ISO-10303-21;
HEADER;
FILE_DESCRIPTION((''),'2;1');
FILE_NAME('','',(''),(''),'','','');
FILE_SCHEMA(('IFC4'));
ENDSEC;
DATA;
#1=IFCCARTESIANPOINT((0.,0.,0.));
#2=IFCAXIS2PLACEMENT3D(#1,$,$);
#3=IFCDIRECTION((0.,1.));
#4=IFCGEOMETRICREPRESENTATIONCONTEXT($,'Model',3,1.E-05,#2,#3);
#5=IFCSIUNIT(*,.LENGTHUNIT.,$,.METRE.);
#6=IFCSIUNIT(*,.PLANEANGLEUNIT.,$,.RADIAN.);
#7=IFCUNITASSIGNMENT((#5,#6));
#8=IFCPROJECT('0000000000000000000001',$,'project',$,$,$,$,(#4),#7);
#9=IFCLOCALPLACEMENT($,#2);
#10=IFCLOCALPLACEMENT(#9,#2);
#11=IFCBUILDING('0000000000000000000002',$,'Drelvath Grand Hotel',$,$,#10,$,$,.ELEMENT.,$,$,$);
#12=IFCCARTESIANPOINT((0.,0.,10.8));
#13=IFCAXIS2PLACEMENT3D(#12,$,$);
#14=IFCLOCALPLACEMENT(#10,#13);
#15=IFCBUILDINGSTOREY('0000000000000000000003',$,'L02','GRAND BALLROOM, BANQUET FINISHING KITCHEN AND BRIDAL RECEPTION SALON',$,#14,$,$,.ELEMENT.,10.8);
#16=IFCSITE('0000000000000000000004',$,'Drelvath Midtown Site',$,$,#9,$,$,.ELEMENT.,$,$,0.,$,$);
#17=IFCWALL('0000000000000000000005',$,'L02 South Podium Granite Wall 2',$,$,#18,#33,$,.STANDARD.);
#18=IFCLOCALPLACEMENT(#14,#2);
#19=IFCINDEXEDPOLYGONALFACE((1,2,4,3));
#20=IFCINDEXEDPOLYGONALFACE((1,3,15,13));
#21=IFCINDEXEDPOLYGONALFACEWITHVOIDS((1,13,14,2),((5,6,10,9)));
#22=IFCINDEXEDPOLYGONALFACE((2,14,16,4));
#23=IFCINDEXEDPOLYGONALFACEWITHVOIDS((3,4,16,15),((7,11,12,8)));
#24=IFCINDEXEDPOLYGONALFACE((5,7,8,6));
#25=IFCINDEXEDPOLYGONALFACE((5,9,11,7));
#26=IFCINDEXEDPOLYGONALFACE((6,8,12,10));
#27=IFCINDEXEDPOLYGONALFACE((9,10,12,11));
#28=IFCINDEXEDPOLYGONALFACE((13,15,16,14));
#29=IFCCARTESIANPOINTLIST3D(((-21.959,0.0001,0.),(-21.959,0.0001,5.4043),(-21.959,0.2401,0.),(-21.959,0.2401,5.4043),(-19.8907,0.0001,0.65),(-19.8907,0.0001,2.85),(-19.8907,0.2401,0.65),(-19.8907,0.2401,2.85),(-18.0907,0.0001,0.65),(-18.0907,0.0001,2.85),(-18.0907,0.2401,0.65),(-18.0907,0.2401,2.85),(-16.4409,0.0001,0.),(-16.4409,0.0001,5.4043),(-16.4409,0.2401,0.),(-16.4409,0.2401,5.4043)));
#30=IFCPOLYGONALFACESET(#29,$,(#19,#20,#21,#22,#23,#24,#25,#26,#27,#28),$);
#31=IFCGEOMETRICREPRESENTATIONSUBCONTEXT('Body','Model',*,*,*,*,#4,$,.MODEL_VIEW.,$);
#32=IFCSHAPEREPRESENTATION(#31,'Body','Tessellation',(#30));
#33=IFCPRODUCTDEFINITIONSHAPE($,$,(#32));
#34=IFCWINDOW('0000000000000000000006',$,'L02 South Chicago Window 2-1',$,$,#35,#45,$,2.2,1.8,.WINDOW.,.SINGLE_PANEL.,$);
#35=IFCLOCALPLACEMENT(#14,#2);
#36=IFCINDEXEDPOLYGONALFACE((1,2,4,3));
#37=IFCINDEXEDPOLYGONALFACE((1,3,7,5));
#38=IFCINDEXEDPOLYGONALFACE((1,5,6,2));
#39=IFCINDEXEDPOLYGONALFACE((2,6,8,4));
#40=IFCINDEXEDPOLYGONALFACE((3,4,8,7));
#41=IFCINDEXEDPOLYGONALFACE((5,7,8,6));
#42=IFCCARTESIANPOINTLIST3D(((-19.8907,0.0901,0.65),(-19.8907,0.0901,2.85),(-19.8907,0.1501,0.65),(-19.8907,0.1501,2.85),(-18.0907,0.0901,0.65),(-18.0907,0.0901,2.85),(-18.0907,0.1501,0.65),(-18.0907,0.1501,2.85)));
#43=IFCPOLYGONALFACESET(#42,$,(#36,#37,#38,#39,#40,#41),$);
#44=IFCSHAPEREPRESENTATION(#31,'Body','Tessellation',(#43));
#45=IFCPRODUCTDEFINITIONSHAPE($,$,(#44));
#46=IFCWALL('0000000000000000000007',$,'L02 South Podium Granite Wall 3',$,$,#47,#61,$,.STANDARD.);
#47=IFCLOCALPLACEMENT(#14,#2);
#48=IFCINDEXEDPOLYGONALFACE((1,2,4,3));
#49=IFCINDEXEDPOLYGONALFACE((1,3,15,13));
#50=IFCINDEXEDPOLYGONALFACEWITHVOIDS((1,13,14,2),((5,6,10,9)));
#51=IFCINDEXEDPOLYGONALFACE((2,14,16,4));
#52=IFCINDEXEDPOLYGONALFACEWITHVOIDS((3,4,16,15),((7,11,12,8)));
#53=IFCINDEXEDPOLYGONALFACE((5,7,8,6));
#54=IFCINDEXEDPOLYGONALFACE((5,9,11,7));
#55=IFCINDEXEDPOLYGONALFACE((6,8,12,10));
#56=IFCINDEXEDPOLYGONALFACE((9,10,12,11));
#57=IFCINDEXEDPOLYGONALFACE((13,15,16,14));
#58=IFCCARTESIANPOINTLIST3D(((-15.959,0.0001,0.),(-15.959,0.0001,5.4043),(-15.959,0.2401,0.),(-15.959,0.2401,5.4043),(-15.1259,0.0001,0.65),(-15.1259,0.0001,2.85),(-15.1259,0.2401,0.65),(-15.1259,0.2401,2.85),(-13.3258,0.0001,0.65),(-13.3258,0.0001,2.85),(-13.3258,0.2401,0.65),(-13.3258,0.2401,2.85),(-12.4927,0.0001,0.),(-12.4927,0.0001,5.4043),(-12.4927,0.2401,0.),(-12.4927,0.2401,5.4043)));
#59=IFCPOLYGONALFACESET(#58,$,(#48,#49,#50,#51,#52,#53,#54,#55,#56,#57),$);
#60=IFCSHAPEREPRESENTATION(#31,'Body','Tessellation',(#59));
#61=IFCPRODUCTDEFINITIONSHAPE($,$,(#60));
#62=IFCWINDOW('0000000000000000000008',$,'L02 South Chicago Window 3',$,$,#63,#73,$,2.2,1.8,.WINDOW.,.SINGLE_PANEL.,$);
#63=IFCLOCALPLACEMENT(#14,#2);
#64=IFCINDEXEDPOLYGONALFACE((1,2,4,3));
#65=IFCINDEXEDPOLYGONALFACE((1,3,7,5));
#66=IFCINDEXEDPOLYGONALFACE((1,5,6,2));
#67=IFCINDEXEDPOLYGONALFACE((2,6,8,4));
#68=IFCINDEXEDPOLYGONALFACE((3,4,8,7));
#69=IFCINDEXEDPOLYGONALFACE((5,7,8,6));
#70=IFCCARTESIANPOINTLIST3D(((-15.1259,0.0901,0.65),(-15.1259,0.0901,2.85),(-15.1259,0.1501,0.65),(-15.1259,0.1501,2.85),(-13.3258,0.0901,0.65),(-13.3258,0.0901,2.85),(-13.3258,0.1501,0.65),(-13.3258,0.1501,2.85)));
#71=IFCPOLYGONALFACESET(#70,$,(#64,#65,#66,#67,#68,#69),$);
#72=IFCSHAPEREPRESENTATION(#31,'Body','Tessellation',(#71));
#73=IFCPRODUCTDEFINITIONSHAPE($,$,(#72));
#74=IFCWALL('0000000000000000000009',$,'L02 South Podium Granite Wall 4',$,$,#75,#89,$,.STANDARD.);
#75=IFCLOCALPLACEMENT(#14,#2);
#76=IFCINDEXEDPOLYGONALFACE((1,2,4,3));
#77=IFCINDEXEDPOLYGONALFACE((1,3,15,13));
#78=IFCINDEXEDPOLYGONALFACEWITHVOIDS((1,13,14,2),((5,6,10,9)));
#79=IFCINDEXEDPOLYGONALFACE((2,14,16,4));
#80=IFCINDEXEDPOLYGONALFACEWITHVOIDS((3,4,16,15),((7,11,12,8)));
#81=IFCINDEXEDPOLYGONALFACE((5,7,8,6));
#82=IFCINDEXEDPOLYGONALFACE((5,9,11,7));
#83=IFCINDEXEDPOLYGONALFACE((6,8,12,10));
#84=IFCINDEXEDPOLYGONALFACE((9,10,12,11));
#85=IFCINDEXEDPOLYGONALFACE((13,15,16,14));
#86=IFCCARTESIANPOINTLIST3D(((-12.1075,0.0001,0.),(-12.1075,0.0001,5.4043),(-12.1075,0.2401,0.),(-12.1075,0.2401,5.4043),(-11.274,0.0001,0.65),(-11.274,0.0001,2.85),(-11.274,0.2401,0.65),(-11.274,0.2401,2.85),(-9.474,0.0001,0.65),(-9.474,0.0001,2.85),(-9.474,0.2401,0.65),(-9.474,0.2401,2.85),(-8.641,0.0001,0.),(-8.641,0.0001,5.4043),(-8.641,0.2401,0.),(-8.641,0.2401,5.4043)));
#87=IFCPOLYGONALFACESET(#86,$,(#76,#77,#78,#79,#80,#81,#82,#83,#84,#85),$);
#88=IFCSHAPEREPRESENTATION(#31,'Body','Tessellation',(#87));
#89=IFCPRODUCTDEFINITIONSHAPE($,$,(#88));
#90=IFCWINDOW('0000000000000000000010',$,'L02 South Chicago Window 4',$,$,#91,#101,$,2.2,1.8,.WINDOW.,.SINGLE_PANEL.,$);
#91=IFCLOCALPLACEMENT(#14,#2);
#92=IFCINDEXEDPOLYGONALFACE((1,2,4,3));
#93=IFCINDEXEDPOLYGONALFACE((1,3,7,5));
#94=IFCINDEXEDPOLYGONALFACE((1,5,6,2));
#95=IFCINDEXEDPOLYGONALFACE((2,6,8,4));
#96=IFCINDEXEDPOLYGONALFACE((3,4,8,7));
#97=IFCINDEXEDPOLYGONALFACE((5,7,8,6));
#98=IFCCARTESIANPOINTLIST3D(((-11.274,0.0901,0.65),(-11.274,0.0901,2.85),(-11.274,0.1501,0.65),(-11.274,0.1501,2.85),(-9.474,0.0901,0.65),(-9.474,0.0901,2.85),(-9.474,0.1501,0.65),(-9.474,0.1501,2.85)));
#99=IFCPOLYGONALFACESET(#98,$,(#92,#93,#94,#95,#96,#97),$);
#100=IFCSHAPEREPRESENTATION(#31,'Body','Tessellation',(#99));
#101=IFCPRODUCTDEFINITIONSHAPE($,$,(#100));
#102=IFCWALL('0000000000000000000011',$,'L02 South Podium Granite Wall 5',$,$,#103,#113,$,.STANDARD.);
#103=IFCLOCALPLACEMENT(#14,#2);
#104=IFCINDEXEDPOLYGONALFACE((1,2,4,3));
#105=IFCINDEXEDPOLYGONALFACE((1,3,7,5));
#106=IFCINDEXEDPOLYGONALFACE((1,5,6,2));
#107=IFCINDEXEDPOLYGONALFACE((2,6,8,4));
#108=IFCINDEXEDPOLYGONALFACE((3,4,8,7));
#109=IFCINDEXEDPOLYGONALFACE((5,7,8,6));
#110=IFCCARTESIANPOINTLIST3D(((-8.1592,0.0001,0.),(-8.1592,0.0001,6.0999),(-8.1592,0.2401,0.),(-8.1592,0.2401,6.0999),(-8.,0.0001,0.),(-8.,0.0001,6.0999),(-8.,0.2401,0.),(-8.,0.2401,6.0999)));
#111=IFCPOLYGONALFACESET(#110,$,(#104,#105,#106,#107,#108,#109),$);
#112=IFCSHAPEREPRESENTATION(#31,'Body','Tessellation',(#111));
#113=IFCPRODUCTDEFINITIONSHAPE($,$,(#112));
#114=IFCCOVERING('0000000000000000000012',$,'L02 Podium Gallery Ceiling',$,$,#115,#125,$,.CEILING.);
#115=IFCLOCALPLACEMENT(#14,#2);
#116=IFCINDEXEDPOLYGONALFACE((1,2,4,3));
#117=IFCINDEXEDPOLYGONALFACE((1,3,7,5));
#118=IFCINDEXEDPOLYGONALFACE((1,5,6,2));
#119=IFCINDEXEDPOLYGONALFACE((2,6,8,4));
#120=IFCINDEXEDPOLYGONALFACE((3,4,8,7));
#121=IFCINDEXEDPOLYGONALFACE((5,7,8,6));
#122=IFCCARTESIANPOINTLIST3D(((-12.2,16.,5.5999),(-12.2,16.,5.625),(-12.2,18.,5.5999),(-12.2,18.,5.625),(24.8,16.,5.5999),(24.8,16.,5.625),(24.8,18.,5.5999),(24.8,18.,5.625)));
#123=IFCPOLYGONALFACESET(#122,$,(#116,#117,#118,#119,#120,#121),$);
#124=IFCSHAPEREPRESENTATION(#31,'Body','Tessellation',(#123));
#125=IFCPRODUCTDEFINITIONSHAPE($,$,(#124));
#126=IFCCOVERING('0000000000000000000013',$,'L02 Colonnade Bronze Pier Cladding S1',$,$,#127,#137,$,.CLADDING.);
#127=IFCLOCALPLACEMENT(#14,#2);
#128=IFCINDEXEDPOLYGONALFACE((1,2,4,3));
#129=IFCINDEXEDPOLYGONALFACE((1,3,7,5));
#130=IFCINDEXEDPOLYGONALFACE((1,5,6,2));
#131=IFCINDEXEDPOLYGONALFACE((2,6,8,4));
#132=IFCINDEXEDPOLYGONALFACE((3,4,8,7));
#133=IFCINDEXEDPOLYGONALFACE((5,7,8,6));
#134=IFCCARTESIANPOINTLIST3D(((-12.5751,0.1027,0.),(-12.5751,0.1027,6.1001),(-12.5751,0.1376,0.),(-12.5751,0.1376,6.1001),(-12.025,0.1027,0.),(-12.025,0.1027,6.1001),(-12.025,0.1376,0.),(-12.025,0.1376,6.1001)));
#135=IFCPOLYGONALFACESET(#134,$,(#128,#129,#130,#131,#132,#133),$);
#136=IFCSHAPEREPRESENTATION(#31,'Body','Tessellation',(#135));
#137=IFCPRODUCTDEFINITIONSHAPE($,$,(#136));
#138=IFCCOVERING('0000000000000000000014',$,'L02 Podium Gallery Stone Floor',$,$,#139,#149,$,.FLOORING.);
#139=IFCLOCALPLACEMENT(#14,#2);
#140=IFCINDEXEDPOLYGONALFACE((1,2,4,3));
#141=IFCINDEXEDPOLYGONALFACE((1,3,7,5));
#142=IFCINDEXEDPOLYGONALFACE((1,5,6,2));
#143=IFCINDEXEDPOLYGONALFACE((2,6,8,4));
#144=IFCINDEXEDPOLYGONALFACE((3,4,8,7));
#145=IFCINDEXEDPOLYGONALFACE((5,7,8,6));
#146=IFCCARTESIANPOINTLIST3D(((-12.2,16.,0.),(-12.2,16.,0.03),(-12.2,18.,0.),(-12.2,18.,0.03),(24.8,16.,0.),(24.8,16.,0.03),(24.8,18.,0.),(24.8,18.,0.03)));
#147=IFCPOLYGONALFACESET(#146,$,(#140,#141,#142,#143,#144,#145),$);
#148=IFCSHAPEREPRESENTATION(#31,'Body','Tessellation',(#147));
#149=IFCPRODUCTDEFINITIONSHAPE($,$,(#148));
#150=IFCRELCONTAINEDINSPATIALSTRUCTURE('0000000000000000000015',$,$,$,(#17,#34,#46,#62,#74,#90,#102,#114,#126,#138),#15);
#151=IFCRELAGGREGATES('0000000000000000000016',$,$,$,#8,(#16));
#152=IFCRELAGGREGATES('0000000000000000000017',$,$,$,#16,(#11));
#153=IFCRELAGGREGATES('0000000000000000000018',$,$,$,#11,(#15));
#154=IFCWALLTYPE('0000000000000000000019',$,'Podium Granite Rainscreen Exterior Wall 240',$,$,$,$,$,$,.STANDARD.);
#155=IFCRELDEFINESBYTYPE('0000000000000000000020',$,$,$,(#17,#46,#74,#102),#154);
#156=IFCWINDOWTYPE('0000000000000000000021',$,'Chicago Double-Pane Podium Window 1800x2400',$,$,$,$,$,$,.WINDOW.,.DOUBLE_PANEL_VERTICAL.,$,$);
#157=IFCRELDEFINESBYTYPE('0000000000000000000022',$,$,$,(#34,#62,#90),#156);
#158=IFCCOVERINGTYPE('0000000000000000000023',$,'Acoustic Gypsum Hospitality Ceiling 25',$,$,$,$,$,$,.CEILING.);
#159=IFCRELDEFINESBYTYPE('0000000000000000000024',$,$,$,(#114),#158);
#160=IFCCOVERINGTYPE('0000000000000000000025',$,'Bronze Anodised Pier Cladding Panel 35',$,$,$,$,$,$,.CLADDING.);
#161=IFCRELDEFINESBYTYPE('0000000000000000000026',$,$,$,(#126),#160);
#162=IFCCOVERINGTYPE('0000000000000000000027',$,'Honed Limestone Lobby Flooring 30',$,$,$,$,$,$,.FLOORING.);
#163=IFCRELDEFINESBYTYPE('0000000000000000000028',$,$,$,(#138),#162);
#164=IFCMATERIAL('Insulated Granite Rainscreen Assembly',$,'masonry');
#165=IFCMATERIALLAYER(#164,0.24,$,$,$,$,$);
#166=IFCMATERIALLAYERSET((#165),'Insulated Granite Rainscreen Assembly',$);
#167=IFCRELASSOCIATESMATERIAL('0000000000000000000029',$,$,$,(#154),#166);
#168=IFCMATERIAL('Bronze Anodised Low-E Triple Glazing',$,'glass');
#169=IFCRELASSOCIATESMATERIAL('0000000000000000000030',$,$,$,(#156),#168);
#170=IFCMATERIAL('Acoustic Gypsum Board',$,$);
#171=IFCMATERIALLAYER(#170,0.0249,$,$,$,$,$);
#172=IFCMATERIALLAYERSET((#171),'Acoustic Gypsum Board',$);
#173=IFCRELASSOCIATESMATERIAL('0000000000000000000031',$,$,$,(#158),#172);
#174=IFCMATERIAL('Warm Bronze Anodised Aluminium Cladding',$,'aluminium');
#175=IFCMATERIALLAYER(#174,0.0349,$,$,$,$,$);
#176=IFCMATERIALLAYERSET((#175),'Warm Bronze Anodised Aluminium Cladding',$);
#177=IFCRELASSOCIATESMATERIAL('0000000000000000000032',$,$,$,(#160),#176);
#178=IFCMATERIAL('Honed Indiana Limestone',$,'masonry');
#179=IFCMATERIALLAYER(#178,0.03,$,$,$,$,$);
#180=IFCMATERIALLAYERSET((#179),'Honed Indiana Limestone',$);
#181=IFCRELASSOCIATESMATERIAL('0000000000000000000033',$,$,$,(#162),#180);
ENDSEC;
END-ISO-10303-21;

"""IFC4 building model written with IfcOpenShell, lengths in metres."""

from ifc_helpers import new_model, si_unit, direction, frame, frame_2d, origin, origin_2d, place, context, subcontext, project, spatial, polyline, rectangle, outline, extrude, material, layer, layer_set, type_object, element, fill, save


model = new_model("IFC4")

# Units and contexts
model_context = context("Model", 3, precision=1e-05, world=origin(), true_north=direction((0.0, 1.0)))
body_context = subcontext(model_context, "Body", "Model", "MODEL_VIEW")
ifc_project = project(units=[si_unit("LENGTHUNIT", "METRE"), si_unit("PLANEANGLEUNIT", "RADIAN")], contexts=[model_context])

# Site, building, storey
site_placement = place(None, origin())
site = spatial("IfcSite", under=ifc_project, at=site_placement, Name="Drelvath Midtown Site", CompositionType="ELEMENT", RefElevation=0.0)
building_placement = place(site_placement, origin())
building = spatial("IfcBuilding", under=site, at=building_placement, Name="Drelvath Grand Hotel", CompositionType="ELEMENT")
storey_placement = place(building_placement, frame((0.0, 0.0, 10.8)))
storey = spatial("IfcBuildingStorey", under=building, at=storey_placement, Name="L02", Description="GRAND BALLROOM, BANQUET FINISHING KITCHEN AND BRIDAL RECEPTION SALON", CompositionType="ELEMENT", Elevation=10.8)

# Walls, openings, windows
ifc_material_1 = material(Name="Insulated Granite Rainscreen Assembly", Category="masonry")
ifc_layer_1 = layer(ifc_material_1, 0.24)
ifc_layer_set_1 = layer_set([ifc_layer_1], Name="Insulated Granite Rainscreen Assembly")
wall_type = type_object("IfcWallType", Name="Podium Granite Rainscreen Exterior Wall 240", PredefinedType="STANDARD", material=ifc_layer_set_1)
wall_1_placement = place(storey_placement, frame((-16.4409, 0.1201, 0.0), z_axis=(0.0, 0.0, 1.0), x_axis=(-1.0, 0.0, 0.0)))
wall_1 = element("IfcWall", 1, at=wall_1_placement, inside=storey, type_object=wall_type, Name="L02 South Podium Granite Wall 2", PredefinedType="STANDARD", context=body_context, shape_type="SweptSolid", body=[
    extrude(rectangle(XDim=5.5181, YDim=0.24, at=frame_2d((2.759, 0.0))), origin(), (0.0, 0.0, 1.0), 5.4043),
])
opening_1_placement = place(wall_1_placement, frame((1.6499, 0.0, 0.6499)))
opening_1 = element("IfcOpeningElement", 2, at=opening_1_placement, cuts=wall_1, PredefinedType="OPENING", context=body_context, shape_type="SweptSolid", body=[
    extrude(rectangle(XDim=1.8, YDim=2.2, at=frame_2d((0.8999, 1.1001))), frame((0.0, 0.1299, 0.0), z_axis=(0.0, -1.0, 0.0), x_axis=(1.0, 0.0, 0.0)), (0.0, 0.0, 1.0), 0.26),
])
ifc_material_2 = material(Name="Bronze Anodised Low-E Triple Glazing", Category="glass")
window_type = type_object("IfcWindowType", Name="Chicago Double-Pane Podium Window 1800x2400", PartitioningType="DOUBLE_PANEL_VERTICAL", PredefinedType="WINDOW", material=ifc_material_2)
window_1_placement = place(opening_1_placement, origin())
window_1 = element("IfcWindow", 3, at=window_1_placement, inside=storey, type_object=window_type, Name="L02 South Chicago Window 2-1", OverallHeight=2.2, OverallWidth=1.8, PartitioningType="SINGLE_PANEL", PredefinedType="WINDOW", context=body_context, shape_type="SweptSolid", body=[
    extrude(rectangle(XDim=1.8, YDim=2.2, at=frame_2d((0.8999, 1.1001))), frame((0.0, 0.03, 0.0), z_axis=(0.0, -1.0, 0.0), x_axis=(1.0, 0.0, 0.0)), (0.0, 0.0, 1.0), 0.0601),
])
fill(opening_1, window_1)
wall_2_placement = place(storey_placement, frame((-12.4927, 0.1201, 0.0), z_axis=(0.0, 0.0, 1.0), x_axis=(-1.0, 0.0, 0.0)))
wall_2 = element("IfcWall", 4, at=wall_2_placement, inside=storey, type_object=wall_type, Name="L02 South Podium Granite Wall 3", PredefinedType="STANDARD", context=body_context, shape_type="SweptSolid", body=[
    extrude(rectangle(XDim=3.4663, YDim=0.24, at=frame_2d((1.7332, 0.0))), origin(), (0.0, 0.0, 1.0), 5.4043),
])
opening_2_placement = place(wall_2_placement, frame((0.8333, 0.0, 0.6499)))
opening_2 = element("IfcOpeningElement", 5, at=opening_2_placement, cuts=wall_2, PredefinedType="OPENING", context=body_context, shape_type="SweptSolid", body=[
    extrude(rectangle(XDim=1.8, YDim=2.2, at=frame_2d((0.8999, 1.1001))), frame((0.0, 0.1299, 0.0), z_axis=(0.0, -1.0, 0.0), x_axis=(1.0, 0.0, 0.0)), (0.0, 0.0, 1.0), 0.26),
])
window_2_placement = place(opening_2_placement, origin())
window_2 = element("IfcWindow", 6, at=window_2_placement, inside=storey, type_object=window_type, Name="L02 South Chicago Window 3", OverallHeight=2.2, OverallWidth=1.8, PartitioningType="SINGLE_PANEL", PredefinedType="WINDOW", context=body_context, shape_type="SweptSolid", body=[
    extrude(rectangle(XDim=1.8, YDim=2.2, at=frame_2d((0.8999, 1.1001))), frame((0.0, 0.03, 0.0), z_axis=(0.0, -1.0, 0.0), x_axis=(1.0, 0.0, 0.0)), (0.0, 0.0, 1.0), 0.0601),
])
fill(opening_2, window_2)
wall_3_placement = place(storey_placement, frame((-8.6409, 0.1201, 0.0), z_axis=(0.0, 0.0, 1.0), x_axis=(-1.0, 0.0, 0.0)))
wall_3 = element("IfcWall", 7, at=wall_3_placement, inside=storey, type_object=wall_type, Name="L02 South Podium Granite Wall 4", PredefinedType="STANDARD", context=body_context, shape_type="SweptSolid", body=[
    extrude(rectangle(XDim=3.4666, YDim=0.24, at=frame_2d((1.7334, 0.0))), origin(), (0.0, 0.0, 1.0), 5.4043),
])
opening_3_placement = place(wall_3_placement, frame((0.8333, 0.0, 0.6499)))
opening_3 = element("IfcOpeningElement", 8, at=opening_3_placement, cuts=wall_3, PredefinedType="OPENING", context=body_context, shape_type="SweptSolid", body=[
    extrude(rectangle(XDim=1.8, YDim=2.2, at=frame_2d((0.8999, 1.1001))), frame((0.0, 0.1299, 0.0), z_axis=(0.0, -1.0, 0.0), x_axis=(1.0, 0.0, 0.0)), (0.0, 0.0, 1.0), 0.26),
])
window_3_placement = place(opening_3_placement, origin())
window_3 = element("IfcWindow", 9, at=window_3_placement, inside=storey, type_object=window_type, Name="L02 South Chicago Window 4", OverallHeight=2.2, OverallWidth=1.8, PartitioningType="SINGLE_PANEL", PredefinedType="WINDOW", context=body_context, shape_type="SweptSolid", body=[
    extrude(rectangle(XDim=1.8, YDim=2.2, at=frame_2d((0.8999, 1.1001))), frame((0.0, 0.03, 0.0), z_axis=(0.0, -1.0, 0.0), x_axis=(1.0, 0.0, 0.0)), (0.0, 0.0, 1.0), 0.0601),
])
fill(opening_3, window_3)

# Wall
wall_4_placement = place(storey_placement, frame((-8.0, 0.1201, 0.0), z_axis=(0.0, 0.0, 1.0), x_axis=(-1.0, 0.0, 0.0)))
element("IfcWall", 10, at=wall_4_placement, inside=storey, type_object=wall_type, Name="L02 South Podium Granite Wall 5", PredefinedType="STANDARD", context=body_context, shape_type="SweptSolid", body=[
    extrude(rectangle(XDim=0.1592, YDim=0.24, at=frame_2d((0.0796, 0.0))), origin(), (0.0, 0.0, 1.0), 6.0999),
])

# Coverings
ifc_material_3 = material(Name="Acoustic Gypsum Board")
ifc_layer_2 = layer(ifc_material_3, 0.0249)
ifc_layer_set_2 = layer_set([ifc_layer_2], Name="Acoustic Gypsum Board")
covering_type_1 = type_object("IfcCoveringType", Name="Acoustic Gypsum Hospitality Ceiling 25", PredefinedType="CEILING", material=ifc_layer_set_2)
covering_1_placement = place(storey_placement, frame((0.0, 0.0, 5.5999)))
element("IfcCovering", 11, at=covering_1_placement, inside=storey, type_object=covering_type_1, Name="L02 Podium Gallery Ceiling", PredefinedType="CEILING", context=body_context, shape_type="SweptSolid", body=[
    extrude(outline(polyline([(24.8, 16.0), (24.8, 18.0), (-12.2, 18.0), (-12.2, 16.0), (24.8, 16.0)])), origin(), (0.0, 0.0, 1.0), 0.0251),
])
ifc_material_4 = material(Name="Warm Bronze Anodised Aluminium Cladding", Category="aluminium")
ifc_layer_3 = layer(ifc_material_4, 0.0349)
ifc_layer_set_3 = layer_set([ifc_layer_3], Name="Warm Bronze Anodised Aluminium Cladding")
covering_type_2 = type_object("IfcCoveringType", Name="Bronze Anodised Pier Cladding Panel 35", PredefinedType="CLADDING", material=ifc_layer_set_3)
covering_2_placement = place(storey_placement, frame((-12.3, 0.1201, 0.0), z_axis=(0.0, 0.0, 1.0), x_axis=(1.0, 0.0, 0.0)))
element("IfcCovering", 12, at=covering_2_placement, inside=storey, type_object=covering_type_2, Name="L02 Colonnade Bronze Pier Cladding S1", PredefinedType="CLADDING", context=body_context, shape_type="SweptSolid", body=[
    extrude(rectangle(XDim=0.55, YDim=0.0349, at=origin_2d()), origin(), (0.0, 0.0, 1.0), 6.1001),
])
ifc_material_5 = material(Name="Honed Indiana Limestone", Category="masonry")
ifc_layer_4 = layer(ifc_material_5, 0.03)
ifc_layer_set_4 = layer_set([ifc_layer_4], Name="Honed Indiana Limestone")
covering_type_3 = type_object("IfcCoveringType", Name="Honed Limestone Lobby Flooring 30", PredefinedType="FLOORING", material=ifc_layer_set_4)
covering_3_placement = place(storey_placement, origin())
element("IfcCovering", 13, at=covering_3_placement, inside=storey, type_object=covering_type_3, Name="L02 Podium Gallery Stone Floor", PredefinedType="FLOORING", context=body_context, shape_type="SweptSolid", body=[
    extrude(outline(polyline([(24.8, 16.0), (24.8, 18.0), (-12.2, 18.0), (-12.2, 16.0), (24.8, 16.0)])), origin(), (0.0, 0.0, 1.0), 0.03),
])

save(model, "model.ifc")
